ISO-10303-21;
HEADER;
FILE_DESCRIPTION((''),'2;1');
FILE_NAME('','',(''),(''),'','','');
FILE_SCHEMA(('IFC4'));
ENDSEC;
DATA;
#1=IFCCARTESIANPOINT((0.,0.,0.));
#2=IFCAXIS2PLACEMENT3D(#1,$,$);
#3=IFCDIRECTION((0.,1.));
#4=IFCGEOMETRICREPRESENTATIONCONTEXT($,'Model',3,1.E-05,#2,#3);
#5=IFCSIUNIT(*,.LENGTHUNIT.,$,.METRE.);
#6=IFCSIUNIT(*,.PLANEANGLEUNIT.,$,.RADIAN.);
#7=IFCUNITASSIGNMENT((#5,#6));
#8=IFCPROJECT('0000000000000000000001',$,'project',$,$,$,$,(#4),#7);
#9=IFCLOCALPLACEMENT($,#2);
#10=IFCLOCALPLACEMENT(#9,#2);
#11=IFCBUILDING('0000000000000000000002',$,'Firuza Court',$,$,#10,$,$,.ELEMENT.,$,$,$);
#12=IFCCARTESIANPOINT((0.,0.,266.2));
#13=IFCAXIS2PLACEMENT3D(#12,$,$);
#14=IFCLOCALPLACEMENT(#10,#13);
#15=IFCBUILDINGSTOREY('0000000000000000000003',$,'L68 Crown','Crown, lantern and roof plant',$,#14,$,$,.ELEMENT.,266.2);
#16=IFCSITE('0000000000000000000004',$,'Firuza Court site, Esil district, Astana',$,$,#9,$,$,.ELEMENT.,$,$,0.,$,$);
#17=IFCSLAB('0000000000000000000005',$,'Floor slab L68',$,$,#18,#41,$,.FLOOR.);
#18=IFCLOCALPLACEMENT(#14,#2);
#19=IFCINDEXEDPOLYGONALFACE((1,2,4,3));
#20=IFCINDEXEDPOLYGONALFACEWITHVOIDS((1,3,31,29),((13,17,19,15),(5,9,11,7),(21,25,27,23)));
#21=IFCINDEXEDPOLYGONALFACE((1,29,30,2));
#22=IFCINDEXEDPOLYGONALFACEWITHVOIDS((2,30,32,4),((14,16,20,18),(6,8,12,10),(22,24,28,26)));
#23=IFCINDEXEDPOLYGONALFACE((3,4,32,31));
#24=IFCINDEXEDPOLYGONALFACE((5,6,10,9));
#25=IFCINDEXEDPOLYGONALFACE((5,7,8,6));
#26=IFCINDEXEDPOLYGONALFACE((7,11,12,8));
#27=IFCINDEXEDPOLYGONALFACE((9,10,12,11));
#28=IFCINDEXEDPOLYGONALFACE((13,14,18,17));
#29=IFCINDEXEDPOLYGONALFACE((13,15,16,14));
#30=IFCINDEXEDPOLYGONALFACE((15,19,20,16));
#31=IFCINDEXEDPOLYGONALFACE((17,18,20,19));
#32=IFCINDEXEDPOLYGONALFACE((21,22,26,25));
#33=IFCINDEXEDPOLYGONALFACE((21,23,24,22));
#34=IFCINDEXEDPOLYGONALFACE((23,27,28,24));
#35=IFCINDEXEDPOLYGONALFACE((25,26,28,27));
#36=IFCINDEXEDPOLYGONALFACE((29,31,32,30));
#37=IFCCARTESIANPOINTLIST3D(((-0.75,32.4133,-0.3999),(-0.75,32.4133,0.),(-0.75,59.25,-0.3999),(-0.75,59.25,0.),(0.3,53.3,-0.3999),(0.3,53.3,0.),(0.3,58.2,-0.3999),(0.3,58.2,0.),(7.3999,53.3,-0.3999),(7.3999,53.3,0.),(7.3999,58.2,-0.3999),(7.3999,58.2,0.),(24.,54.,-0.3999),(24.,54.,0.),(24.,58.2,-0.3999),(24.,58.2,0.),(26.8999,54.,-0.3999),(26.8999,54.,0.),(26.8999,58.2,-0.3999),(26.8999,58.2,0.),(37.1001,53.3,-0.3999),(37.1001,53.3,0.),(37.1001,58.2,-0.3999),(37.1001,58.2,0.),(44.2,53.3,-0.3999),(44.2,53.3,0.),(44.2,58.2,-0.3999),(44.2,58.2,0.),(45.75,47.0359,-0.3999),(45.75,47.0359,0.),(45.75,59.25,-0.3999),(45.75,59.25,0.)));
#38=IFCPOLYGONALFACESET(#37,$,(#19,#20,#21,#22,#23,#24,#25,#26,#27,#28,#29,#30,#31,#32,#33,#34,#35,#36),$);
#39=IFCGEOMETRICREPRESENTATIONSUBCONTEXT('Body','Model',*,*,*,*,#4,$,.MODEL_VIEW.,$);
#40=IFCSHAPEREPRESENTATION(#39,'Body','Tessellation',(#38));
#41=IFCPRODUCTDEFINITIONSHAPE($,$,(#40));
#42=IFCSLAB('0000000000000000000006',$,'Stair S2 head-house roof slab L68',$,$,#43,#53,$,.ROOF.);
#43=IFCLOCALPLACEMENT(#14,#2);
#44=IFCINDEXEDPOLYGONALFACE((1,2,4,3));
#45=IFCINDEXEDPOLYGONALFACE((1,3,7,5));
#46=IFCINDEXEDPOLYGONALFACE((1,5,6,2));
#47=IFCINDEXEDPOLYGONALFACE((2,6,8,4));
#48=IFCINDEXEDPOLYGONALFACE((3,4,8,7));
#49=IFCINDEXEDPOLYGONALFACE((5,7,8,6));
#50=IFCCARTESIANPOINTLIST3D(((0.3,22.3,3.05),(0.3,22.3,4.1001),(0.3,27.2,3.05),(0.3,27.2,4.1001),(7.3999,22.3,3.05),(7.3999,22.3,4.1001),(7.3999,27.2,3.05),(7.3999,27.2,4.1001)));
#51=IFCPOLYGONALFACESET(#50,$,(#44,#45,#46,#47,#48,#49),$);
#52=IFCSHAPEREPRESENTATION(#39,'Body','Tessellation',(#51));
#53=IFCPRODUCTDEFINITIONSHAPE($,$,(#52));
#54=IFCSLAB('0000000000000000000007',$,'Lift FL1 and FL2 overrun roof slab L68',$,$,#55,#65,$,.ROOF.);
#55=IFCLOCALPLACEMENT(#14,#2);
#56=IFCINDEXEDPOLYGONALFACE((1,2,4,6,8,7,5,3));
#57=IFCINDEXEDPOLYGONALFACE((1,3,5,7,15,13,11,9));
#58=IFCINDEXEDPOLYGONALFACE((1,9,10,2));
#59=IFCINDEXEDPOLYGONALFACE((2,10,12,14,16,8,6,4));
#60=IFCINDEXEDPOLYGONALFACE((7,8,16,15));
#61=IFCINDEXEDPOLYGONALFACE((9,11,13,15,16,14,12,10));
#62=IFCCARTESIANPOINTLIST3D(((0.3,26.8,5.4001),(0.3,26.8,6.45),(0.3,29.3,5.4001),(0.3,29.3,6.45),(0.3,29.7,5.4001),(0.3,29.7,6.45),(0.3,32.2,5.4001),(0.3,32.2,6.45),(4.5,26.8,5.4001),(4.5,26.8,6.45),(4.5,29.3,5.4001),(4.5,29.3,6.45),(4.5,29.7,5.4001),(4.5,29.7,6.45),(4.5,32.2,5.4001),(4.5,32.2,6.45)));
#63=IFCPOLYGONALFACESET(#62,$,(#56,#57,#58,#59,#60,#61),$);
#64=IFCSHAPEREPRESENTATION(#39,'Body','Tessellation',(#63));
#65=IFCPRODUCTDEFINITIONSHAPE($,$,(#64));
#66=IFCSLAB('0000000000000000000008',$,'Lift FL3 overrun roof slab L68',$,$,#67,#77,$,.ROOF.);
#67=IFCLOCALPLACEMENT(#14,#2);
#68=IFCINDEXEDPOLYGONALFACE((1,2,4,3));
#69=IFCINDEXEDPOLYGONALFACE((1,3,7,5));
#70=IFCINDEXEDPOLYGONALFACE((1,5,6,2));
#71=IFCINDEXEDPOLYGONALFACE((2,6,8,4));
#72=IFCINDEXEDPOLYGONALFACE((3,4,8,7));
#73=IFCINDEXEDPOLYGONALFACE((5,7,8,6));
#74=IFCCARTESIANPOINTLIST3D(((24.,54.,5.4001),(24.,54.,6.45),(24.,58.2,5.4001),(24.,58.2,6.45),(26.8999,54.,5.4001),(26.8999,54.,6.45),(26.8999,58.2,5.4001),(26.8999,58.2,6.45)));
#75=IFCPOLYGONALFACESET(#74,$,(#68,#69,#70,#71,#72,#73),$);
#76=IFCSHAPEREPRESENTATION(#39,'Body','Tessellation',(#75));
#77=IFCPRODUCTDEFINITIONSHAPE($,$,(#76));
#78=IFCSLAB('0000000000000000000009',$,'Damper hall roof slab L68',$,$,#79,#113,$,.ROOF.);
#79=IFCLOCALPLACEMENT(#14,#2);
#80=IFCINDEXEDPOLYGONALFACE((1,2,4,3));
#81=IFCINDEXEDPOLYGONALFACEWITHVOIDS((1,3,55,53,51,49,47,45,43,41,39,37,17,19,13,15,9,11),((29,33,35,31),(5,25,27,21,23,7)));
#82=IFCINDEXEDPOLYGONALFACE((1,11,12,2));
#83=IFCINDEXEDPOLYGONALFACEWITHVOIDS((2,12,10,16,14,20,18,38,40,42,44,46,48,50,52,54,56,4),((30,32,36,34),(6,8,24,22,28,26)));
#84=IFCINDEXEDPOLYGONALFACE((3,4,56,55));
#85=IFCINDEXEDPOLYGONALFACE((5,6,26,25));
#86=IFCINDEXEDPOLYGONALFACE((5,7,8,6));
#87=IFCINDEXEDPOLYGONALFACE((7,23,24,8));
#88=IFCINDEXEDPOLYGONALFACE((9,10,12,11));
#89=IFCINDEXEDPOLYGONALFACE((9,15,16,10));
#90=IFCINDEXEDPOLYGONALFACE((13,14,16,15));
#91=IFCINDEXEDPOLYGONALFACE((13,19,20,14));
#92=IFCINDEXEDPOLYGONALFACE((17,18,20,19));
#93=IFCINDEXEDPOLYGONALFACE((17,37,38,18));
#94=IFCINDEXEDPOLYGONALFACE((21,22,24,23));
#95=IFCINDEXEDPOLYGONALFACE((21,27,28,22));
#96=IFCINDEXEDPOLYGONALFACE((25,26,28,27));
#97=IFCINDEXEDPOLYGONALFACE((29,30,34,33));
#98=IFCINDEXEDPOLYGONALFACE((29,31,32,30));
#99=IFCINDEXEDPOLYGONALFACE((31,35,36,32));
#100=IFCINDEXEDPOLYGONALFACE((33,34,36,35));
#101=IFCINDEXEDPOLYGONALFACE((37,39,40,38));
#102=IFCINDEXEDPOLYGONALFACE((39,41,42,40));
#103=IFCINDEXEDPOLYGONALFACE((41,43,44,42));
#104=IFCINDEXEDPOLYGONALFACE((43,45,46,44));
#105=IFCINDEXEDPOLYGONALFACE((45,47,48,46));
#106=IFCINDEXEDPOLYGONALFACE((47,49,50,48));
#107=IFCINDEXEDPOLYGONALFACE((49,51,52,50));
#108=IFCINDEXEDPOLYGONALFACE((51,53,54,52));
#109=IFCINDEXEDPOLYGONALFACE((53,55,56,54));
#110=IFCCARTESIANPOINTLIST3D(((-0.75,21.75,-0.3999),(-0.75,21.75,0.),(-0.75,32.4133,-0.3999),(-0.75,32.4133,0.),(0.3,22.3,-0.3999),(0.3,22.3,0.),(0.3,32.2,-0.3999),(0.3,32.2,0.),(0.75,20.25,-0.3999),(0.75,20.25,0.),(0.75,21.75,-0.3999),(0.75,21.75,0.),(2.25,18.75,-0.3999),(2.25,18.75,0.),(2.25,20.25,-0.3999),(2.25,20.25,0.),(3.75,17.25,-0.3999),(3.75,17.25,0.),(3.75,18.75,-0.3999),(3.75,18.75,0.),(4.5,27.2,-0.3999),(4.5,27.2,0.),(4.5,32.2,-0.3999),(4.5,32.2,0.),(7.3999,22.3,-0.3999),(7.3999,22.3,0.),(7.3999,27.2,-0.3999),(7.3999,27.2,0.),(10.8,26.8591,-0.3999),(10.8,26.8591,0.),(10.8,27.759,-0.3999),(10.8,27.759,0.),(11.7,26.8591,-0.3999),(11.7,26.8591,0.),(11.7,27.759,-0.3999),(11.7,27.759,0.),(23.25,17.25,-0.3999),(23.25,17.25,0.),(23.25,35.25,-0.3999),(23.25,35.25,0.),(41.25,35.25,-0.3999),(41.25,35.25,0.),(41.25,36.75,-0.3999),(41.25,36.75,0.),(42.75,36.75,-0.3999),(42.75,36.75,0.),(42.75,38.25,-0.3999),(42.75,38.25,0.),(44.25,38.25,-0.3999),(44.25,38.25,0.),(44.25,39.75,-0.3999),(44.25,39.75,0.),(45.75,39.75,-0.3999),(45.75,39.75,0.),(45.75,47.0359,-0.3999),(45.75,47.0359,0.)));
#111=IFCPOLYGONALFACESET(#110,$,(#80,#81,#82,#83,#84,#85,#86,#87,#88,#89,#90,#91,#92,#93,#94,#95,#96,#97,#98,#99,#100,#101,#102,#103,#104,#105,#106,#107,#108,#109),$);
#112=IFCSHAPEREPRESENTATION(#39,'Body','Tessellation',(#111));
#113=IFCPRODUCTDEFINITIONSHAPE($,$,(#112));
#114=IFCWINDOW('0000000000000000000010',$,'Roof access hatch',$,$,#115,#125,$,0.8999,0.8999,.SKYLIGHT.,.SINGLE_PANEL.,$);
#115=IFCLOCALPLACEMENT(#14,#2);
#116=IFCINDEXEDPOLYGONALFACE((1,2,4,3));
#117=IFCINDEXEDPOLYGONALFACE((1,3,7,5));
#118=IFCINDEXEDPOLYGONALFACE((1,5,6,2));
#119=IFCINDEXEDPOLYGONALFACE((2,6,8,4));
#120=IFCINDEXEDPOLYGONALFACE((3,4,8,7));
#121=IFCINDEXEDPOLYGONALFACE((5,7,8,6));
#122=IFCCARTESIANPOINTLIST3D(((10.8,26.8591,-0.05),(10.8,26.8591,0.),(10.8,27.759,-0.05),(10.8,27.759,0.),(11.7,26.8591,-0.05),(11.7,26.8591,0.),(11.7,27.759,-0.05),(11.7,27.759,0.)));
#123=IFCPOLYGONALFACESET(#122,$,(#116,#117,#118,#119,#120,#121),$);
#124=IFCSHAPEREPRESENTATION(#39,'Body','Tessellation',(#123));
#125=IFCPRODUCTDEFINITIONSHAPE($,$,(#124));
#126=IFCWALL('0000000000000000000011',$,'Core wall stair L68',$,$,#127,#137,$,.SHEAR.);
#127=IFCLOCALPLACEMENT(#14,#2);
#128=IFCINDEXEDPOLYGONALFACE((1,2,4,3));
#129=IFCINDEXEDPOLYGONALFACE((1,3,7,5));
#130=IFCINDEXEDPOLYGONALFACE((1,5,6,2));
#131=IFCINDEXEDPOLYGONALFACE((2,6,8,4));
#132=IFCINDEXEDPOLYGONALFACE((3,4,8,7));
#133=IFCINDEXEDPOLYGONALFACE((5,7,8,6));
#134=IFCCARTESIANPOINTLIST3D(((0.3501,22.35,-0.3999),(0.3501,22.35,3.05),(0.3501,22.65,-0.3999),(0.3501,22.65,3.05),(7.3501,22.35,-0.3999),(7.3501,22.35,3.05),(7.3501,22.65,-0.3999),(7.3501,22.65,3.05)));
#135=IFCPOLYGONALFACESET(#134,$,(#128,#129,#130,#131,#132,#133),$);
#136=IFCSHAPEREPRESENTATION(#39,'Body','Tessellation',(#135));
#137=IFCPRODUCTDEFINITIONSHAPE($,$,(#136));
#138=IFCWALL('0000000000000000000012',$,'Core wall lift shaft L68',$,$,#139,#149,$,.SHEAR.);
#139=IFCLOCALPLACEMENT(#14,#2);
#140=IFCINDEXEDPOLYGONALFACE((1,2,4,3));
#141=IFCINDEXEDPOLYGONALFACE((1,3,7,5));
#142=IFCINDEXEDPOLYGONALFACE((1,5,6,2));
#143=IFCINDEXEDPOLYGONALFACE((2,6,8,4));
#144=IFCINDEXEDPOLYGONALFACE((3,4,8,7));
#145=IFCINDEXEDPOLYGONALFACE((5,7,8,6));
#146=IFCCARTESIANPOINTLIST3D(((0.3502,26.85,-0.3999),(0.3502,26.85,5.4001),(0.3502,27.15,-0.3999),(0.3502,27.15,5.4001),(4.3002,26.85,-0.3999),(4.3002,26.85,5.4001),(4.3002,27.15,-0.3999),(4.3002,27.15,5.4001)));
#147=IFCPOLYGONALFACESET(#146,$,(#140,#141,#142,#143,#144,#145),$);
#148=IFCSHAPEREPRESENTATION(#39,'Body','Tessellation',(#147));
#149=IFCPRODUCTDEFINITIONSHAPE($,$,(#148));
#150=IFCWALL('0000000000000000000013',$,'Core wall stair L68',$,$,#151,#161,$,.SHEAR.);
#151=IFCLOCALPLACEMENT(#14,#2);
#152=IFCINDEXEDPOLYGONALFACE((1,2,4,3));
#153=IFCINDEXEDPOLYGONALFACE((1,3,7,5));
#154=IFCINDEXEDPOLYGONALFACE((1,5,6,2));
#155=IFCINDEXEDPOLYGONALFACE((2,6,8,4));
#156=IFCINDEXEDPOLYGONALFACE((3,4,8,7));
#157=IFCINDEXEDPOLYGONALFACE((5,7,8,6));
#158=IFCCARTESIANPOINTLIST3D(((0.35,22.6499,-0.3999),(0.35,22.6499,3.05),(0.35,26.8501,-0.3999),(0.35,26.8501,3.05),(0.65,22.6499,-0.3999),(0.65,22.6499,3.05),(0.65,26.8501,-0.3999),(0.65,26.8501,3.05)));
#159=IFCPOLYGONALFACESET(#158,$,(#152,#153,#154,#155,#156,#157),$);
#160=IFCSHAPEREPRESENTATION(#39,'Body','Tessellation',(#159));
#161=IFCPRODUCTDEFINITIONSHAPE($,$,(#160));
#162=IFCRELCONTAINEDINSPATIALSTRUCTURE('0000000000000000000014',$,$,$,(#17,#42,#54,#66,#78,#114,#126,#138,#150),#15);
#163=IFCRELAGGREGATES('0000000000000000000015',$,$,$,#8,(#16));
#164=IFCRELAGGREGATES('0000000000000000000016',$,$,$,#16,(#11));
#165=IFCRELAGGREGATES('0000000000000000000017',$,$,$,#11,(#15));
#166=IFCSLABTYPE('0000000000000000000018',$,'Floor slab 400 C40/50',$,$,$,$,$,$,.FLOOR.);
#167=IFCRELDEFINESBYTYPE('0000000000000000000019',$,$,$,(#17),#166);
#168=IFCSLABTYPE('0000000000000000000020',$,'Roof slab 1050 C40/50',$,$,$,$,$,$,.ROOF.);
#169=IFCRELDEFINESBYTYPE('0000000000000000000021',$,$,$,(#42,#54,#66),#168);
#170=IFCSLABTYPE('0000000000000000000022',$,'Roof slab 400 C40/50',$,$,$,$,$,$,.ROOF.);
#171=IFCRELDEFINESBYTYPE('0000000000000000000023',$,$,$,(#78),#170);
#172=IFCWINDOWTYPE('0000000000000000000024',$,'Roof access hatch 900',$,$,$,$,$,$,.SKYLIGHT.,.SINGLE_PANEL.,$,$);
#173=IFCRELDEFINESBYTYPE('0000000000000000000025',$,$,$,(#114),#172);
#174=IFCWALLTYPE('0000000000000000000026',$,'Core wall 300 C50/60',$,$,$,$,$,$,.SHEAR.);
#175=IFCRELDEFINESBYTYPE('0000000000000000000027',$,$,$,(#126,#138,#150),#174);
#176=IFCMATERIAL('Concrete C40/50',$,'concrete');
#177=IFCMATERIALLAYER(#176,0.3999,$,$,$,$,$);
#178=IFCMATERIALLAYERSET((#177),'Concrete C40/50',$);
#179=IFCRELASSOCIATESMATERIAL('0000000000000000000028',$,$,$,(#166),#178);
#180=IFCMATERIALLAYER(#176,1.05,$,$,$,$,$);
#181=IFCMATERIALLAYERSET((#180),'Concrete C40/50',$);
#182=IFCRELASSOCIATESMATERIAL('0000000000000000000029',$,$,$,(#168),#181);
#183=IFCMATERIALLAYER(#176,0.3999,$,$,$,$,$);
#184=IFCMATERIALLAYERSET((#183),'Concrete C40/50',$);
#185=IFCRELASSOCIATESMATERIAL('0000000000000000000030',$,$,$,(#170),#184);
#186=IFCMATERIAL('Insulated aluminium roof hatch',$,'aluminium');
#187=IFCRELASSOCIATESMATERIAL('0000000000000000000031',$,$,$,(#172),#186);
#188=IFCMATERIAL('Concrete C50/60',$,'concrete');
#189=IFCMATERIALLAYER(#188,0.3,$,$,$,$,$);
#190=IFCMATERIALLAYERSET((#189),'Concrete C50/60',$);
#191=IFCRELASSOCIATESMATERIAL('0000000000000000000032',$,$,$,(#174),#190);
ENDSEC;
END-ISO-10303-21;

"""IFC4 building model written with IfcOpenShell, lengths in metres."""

from ifc_helpers import new_model, si_unit, direction, frame, frame_2d, origin, origin_2d, place, context, subcontext, project, spatial, polyline, rectangle, outline, extrude, material, layer, layer_set, type_object, element, fill, save


model = new_model("IFC4")

# Units and contexts
model_context = context("Model", 3, precision=1e-05, world=origin(), true_north=direction((0.0, 1.0)))
body_context = subcontext(model_context, "Body", "Model", "MODEL_VIEW")
ifc_project = project(units=[si_unit("LENGTHUNIT", "METRE"), si_unit("PLANEANGLEUNIT", "RADIAN")], contexts=[model_context])

# Site, building, storey
site_placement = place(None, origin())
site = spatial("IfcSite", under=ifc_project, at=site_placement, Name="Firuza Court site, Esil district, Astana", CompositionType="ELEMENT", RefElevation=0.0)
building_placement = place(site_placement, origin())
building = spatial("IfcBuilding", under=site, at=building_placement, Name="Firuza Court", CompositionType="ELEMENT")
storey_placement = place(building_placement, frame((0.0, 0.0, 266.2)))
storey = spatial("IfcBuildingStorey", under=building, at=storey_placement, Name="L68 Crown", Description="Crown, lantern and roof plant", CompositionType="ELEMENT", Elevation=266.2)

# Slabs
ifc_material_1 = material(Name="Concrete C40/50", Category="concrete")
ifc_layer_1 = layer(ifc_material_1, 0.3999)
ifc_layer_set_1 = layer_set([ifc_layer_1], Name="Concrete C40/50")
slab_type_1 = type_object("IfcSlabType", Name="Floor slab 400 C40/50", PredefinedType="FLOOR", material=ifc_layer_set_1)
slab_1_placement = place(storey_placement, frame((0.0, 0.0, -0.3999)))
element("IfcSlab", 1, at=slab_1_placement, inside=storey, type_object=slab_type_1, Name="Floor slab L68", PredefinedType="FLOOR", context=body_context, shape_type="SweptSolid", body=[
    extrude(outline(polyline([(45.75, 59.25), (45.75, 47.0359), (-0.75, 32.4133), (-0.75, 59.25), (45.75, 59.25)]), holes=[polyline([(7.3999, 53.3), (7.3999, 58.2), (0.3, 58.2), (0.3, 53.3), (7.3999, 53.3)]), polyline([(37.1001, 53.3), (44.2, 53.3), (44.2, 58.2), (37.1001, 58.2), (37.1001, 53.3)]), polyline([(24.0, 54.0), (26.8999, 54.0), (26.8999, 58.2), (24.0, 58.2), (24.0, 54.0)])]), origin(), (0.0, 0.0, 1.0), 0.3999),
])
ifc_layer_2 = layer(ifc_material_1, 1.05)
ifc_layer_set_2 = layer_set([ifc_layer_2], Name="Concrete C40/50")
slab_type_2 = type_object("IfcSlabType", Name="Roof slab 1050 C40/50", PredefinedType="ROOF", material=ifc_layer_set_2)
slab_2_placement = place(storey_placement, frame((0.0, 0.0, 3.05)))
element("IfcSlab", 2, at=slab_2_placement, inside=storey, type_object=slab_type_2, Name="Stair S2 head-house roof slab L68", PredefinedType="ROOF", context=body_context, shape_type="SweptSolid", body=[
    extrude(outline(polyline([(7.3999, 22.3), (0.3, 22.3), (0.3, 27.2), (7.3999, 27.2), (7.3999, 22.3)])), origin(), (0.0, 0.0, 1.0), 1.05),
])
slab_3_placement = place(storey_placement, frame((0.0, 0.0, 5.4001)))
element("IfcSlab", 3, at=slab_3_placement, inside=storey, type_object=slab_type_2, Name="Lift FL1 and FL2 overrun roof slab L68", PredefinedType="ROOF", context=body_context, shape_type="SweptSolid", body=[
    extrude(outline(polyline([(0.3, 26.8), (0.3, 29.3), (0.3, 29.7), (0.3, 32.2), (4.5, 32.2), (4.5, 29.7), (4.5, 29.3), (4.5, 26.8), (0.3, 26.8)])), origin(), (0.0, 0.0, 1.0), 1.0498),
])
slab_4_placement = place(storey_placement, frame((0.0, 0.0, 5.4001)))
element("IfcSlab", 4, at=slab_4_placement, inside=storey, type_object=slab_type_2, Name="Lift FL3 overrun roof slab L68", PredefinedType="ROOF", context=body_context, shape_type="SweptSolid", body=[
    extrude(outline(polyline([(24.0, 58.2), (26.8999, 58.2), (26.8999, 54.0), (24.0, 54.0), (24.0, 58.2)])), origin(), (0.0, 0.0, 1.0), 1.0498),
])

# Slab, opening, window
ifc_layer_3 = layer(ifc_material_1, 0.3999)
ifc_layer_set_3 = layer_set([ifc_layer_3], Name="Concrete C40/50")
slab_type_3 = type_object("IfcSlabType", Name="Roof slab 400 C40/50", PredefinedType="ROOF", material=ifc_layer_set_3)
slab_5_placement = place(storey_placement, frame((0.0, 0.0, -0.3999)))
slab_5 = element("IfcSlab", 5, at=slab_5_placement, inside=storey, type_object=slab_type_3, Name="Damper hall roof slab L68", PredefinedType="ROOF", context=body_context, shape_type="SweptSolid", body=[
    extrude(outline(polyline([(45.75, 39.75), (44.25, 39.75), (44.25, 38.25), (42.75, 38.25), (42.75, 36.75), (41.25, 36.75), (41.25, 35.25), (23.25, 35.25), (23.25, 17.25), (3.75, 17.25), (3.75, 18.75), (2.25, 18.75), (2.25, 20.25), (0.75, 20.25), (0.75, 21.75), (-0.75, 21.75), (-0.75, 32.4133), (45.75, 47.0359), (45.75, 39.75)]), holes=[polyline([(7.3999, 22.3), (7.3999, 27.2), (4.5, 27.2), (4.5, 29.3), (4.5, 29.7), (4.5, 32.2), (0.3, 32.2), (0.3, 29.7), (0.3, 29.3), (0.3, 27.2), (0.3, 26.8), (0.3, 22.3), (7.3999, 22.3)])]), origin(), (0.0, 0.0, 1.0), 0.3999),
])
opening_1_placement = place(slab_5_placement, frame((11.25, 27.3091, 0.0)))
opening_1 = element("IfcOpeningElement", 6, at=opening_1_placement, cuts=slab_5, PredefinedType="OPENING", context=body_context, shape_type="SweptSolid", body=[
    extrude(rectangle(XDim=0.8999, YDim=0.8999, at=origin_2d()), origin(), (0.0, 0.0, 1.0), 0.3999),
])
ifc_material_2 = material(Name="Insulated aluminium roof hatch", Category="aluminium")
window_type = type_object("IfcWindowType", Name="Roof access hatch 900", PartitioningType="SINGLE_PANEL", PredefinedType="SKYLIGHT", material=ifc_material_2)
window_placement = place(opening_1_placement, frame((0.0, 0.0, 0.3499)))
window = element("IfcWindow", 7, at=window_placement, inside=storey, type_object=window_type, Name="Roof access hatch", OverallHeight=0.8999, OverallWidth=0.8999, PartitioningType="SINGLE_PANEL", PredefinedType="SKYLIGHT", context=body_context, shape_type="SweptSolid", body=[
    extrude(rectangle(XDim=0.8999, YDim=0.8999, at=origin_2d()), origin(), (0.0, 0.0, 1.0), 0.05),
])
fill(opening_1, window)

# Walls
ifc_material_3 = material(Name="Concrete C50/60", Category="concrete")
ifc_layer_4 = layer(ifc_material_3, 0.3)
ifc_layer_set_4 = layer_set([ifc_layer_4], Name="Concrete C50/60")
wall_type_1 = type_object("IfcWallType", Name="Core wall 300 C50/60", PredefinedType="SHEAR", material=ifc_layer_set_4)
wall_1_placement = place(storey_placement, frame((0.3501, 22.5, -0.3999), z_axis=(0.0, 0.0, 1.0), x_axis=(1.0, 0.0, 0.0)))
element("IfcWall", 8, at=wall_1_placement, inside=storey, type_object=wall_type_1, Name="Core wall stair L68", PredefinedType="SHEAR", context=body_context, shape_type="SweptSolid", body=[
    extrude(rectangle(XDim=7.0, YDim=0.3, at=frame_2d((3.5, 0.0))), origin(), (0.0, 0.0, 1.0), 3.45),
])
wall_2_placement = place(storey_placement, frame((0.3501, 27.0, -0.3999), z_axis=(0.0, 0.0, 1.0), x_axis=(1.0, 0.0, 0.0)))
element("IfcWall", 9, at=wall_2_placement, inside=storey, type_object=wall_type_1, Name="Core wall lift shaft L68", PredefinedType="SHEAR", context=body_context, shape_type="SweptSolid", body=[
    extrude(rectangle(XDim=3.95, YDim=0.3, at=frame_2d((1.9751, 0.0))), origin(), (0.0, 0.0, 1.0), 5.8),
])
wall_3_placement = place(storey_placement, frame((0.5, 22.6499, -0.3999), z_axis=(0.0, 0.0, 1.0), x_axis=(0.0, 1.0, 0.0)))
element("IfcWall", 10, at=wall_3_placement, inside=storey, type_object=wall_type_1, Name="Core wall stair L68", PredefinedType="SHEAR", context=body_context, shape_type="SweptSolid", body=[
    extrude(rectangle(XDim=4.2002, YDim=0.3, at=frame_2d((2.1001, 0.0))), origin(), (0.0, 0.0, 1.0), 3.45),
])

save(model, "model.ifc")
